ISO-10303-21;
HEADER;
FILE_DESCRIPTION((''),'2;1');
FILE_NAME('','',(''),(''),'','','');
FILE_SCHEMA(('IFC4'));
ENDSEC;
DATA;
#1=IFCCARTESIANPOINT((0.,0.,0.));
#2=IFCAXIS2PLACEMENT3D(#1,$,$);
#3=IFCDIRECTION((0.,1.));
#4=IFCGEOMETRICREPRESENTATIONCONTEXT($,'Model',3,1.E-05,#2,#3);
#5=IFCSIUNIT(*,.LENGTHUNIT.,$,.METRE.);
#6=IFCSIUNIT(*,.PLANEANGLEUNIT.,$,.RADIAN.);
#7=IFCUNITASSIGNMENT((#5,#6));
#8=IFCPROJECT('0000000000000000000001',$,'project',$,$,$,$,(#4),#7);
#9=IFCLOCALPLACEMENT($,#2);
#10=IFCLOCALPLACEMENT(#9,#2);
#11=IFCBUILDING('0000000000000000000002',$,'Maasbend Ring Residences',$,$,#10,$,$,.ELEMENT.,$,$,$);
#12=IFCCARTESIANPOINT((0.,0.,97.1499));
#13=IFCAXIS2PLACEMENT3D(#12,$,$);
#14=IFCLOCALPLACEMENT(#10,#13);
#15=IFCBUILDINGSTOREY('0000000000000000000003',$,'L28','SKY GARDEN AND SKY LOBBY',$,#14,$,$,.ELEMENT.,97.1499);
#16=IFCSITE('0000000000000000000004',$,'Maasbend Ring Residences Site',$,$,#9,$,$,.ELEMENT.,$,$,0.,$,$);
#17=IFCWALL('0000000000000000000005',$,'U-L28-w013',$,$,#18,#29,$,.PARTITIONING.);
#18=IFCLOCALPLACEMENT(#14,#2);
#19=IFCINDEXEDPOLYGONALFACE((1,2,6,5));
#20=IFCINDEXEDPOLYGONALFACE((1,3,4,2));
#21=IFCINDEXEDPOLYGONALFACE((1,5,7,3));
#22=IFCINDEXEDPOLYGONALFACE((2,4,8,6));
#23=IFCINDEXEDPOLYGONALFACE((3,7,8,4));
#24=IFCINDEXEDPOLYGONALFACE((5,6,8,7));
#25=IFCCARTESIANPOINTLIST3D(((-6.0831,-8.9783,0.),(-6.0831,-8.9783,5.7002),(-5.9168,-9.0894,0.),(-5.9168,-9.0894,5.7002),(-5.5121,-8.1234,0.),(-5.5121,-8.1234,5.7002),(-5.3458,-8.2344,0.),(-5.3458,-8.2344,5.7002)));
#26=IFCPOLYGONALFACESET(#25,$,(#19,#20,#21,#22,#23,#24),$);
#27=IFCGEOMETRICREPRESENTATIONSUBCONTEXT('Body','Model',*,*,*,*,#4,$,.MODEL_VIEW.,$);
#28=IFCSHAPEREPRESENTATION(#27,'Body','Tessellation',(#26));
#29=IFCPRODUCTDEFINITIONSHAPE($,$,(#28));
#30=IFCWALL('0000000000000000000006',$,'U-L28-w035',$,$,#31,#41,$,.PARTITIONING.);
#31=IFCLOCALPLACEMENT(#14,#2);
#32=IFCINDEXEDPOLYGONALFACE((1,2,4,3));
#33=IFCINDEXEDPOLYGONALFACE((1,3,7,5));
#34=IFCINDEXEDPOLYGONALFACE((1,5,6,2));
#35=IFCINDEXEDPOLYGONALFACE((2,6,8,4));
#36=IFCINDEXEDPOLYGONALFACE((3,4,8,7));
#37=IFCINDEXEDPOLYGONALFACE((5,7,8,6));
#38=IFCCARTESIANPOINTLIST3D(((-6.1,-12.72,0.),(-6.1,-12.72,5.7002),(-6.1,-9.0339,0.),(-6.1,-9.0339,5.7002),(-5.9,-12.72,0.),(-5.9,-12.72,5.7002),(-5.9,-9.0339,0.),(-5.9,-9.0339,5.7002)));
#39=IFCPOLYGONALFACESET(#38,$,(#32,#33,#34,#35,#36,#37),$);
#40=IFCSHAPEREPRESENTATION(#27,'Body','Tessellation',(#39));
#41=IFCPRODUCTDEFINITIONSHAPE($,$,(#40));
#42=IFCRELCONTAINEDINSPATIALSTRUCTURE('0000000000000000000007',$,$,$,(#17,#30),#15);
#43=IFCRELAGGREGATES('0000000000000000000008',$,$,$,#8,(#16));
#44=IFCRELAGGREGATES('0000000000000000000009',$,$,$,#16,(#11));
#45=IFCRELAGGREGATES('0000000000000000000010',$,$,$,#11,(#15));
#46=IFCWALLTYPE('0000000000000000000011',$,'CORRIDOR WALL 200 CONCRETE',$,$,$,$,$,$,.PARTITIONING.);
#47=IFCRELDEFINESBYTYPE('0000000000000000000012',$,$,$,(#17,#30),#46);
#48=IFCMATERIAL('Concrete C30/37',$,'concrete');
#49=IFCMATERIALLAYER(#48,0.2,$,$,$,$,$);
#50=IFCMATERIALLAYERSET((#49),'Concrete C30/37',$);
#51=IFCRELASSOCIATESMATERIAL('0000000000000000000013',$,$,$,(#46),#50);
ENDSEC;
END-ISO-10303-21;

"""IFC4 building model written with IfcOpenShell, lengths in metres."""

from ifc_helpers import new_model, si_unit, direction, frame, frame_2d, origin, place, context, subcontext, project, spatial, rectangle, extrude, material, layer, layer_set, type_object, element, save


model = new_model("IFC4")

# Units and contexts
model_context = context("Model", 3, precision=1e-05, world=origin(), true_north=direction((0.0, 1.0)))
body_context = subcontext(model_context, "Body", "Model", "MODEL_VIEW")
ifc_project = project(units=[si_unit("LENGTHUNIT", "METRE"), si_unit("PLANEANGLEUNIT", "RADIAN")], contexts=[model_context])

# Site, building, storey
site_placement = place(None, origin())
site = spatial("IfcSite", under=ifc_project, at=site_placement, Name="Maasbend Ring Residences Site", CompositionType="ELEMENT", RefElevation=0.0)
building_placement = place(site_placement, origin())
building = spatial("IfcBuilding", under=site, at=building_placement, Name="Maasbend Ring Residences", CompositionType="ELEMENT")
storey_placement = place(building_placement, frame((0.0, 0.0, 97.1499)))
storey = spatial("IfcBuildingStorey", under=building, at=storey_placement, Name="L28", Description="SKY GARDEN AND SKY LOBBY", CompositionType="ELEMENT", Elevation=97.1499)

# Walls
ifc_material_1 = material(Name="Concrete C30/37", Category="concrete")
ifc_layer = layer(ifc_material_1, 0.2)
ifc_layer_set = layer_set([ifc_layer], Name="Concrete C30/37")
wall_type = type_object("IfcWallType", Name="CORRIDOR WALL 200 CONCRETE", PredefinedType="PARTITIONING", material=ifc_layer_set)
wall_1_placement = place(storey_placement, frame((-6.0, -9.0339, 0.0), z_axis=(0.0, 0.0, 1.0), x_axis=(0.555412, 0.831575, 0.0)))
element("IfcWall", 1, at=wall_1_placement, inside=storey, type_object=wall_type, Name="U-L28-w013", PredefinedType="PARTITIONING", context=body_context, shape_type="SweptSolid", body=[
    extrude(rectangle(XDim=1.0281, YDim=0.2, at=frame_2d((0.5142, 0.0))), origin(), (0.0, 0.0, 1.0), 5.7002),
])
wall_2_placement = place(storey_placement, frame((-6.0, -12.72, 0.0), z_axis=(0.0, 0.0, 1.0), x_axis=(0.0, 1.0, 0.0)))
element("IfcWall", 2, at=wall_2_placement, inside=storey, type_object=wall_type, Name="U-L28-w035", PredefinedType="PARTITIONING", context=body_context, shape_type="SweptSolid", body=[
    extrude(rectangle(XDim=3.686, YDim=0.2, at=frame_2d((1.843, 0.0))), origin(), (0.0, 0.0, 1.0), 5.7002),
])

save(model, "model.ifc")
